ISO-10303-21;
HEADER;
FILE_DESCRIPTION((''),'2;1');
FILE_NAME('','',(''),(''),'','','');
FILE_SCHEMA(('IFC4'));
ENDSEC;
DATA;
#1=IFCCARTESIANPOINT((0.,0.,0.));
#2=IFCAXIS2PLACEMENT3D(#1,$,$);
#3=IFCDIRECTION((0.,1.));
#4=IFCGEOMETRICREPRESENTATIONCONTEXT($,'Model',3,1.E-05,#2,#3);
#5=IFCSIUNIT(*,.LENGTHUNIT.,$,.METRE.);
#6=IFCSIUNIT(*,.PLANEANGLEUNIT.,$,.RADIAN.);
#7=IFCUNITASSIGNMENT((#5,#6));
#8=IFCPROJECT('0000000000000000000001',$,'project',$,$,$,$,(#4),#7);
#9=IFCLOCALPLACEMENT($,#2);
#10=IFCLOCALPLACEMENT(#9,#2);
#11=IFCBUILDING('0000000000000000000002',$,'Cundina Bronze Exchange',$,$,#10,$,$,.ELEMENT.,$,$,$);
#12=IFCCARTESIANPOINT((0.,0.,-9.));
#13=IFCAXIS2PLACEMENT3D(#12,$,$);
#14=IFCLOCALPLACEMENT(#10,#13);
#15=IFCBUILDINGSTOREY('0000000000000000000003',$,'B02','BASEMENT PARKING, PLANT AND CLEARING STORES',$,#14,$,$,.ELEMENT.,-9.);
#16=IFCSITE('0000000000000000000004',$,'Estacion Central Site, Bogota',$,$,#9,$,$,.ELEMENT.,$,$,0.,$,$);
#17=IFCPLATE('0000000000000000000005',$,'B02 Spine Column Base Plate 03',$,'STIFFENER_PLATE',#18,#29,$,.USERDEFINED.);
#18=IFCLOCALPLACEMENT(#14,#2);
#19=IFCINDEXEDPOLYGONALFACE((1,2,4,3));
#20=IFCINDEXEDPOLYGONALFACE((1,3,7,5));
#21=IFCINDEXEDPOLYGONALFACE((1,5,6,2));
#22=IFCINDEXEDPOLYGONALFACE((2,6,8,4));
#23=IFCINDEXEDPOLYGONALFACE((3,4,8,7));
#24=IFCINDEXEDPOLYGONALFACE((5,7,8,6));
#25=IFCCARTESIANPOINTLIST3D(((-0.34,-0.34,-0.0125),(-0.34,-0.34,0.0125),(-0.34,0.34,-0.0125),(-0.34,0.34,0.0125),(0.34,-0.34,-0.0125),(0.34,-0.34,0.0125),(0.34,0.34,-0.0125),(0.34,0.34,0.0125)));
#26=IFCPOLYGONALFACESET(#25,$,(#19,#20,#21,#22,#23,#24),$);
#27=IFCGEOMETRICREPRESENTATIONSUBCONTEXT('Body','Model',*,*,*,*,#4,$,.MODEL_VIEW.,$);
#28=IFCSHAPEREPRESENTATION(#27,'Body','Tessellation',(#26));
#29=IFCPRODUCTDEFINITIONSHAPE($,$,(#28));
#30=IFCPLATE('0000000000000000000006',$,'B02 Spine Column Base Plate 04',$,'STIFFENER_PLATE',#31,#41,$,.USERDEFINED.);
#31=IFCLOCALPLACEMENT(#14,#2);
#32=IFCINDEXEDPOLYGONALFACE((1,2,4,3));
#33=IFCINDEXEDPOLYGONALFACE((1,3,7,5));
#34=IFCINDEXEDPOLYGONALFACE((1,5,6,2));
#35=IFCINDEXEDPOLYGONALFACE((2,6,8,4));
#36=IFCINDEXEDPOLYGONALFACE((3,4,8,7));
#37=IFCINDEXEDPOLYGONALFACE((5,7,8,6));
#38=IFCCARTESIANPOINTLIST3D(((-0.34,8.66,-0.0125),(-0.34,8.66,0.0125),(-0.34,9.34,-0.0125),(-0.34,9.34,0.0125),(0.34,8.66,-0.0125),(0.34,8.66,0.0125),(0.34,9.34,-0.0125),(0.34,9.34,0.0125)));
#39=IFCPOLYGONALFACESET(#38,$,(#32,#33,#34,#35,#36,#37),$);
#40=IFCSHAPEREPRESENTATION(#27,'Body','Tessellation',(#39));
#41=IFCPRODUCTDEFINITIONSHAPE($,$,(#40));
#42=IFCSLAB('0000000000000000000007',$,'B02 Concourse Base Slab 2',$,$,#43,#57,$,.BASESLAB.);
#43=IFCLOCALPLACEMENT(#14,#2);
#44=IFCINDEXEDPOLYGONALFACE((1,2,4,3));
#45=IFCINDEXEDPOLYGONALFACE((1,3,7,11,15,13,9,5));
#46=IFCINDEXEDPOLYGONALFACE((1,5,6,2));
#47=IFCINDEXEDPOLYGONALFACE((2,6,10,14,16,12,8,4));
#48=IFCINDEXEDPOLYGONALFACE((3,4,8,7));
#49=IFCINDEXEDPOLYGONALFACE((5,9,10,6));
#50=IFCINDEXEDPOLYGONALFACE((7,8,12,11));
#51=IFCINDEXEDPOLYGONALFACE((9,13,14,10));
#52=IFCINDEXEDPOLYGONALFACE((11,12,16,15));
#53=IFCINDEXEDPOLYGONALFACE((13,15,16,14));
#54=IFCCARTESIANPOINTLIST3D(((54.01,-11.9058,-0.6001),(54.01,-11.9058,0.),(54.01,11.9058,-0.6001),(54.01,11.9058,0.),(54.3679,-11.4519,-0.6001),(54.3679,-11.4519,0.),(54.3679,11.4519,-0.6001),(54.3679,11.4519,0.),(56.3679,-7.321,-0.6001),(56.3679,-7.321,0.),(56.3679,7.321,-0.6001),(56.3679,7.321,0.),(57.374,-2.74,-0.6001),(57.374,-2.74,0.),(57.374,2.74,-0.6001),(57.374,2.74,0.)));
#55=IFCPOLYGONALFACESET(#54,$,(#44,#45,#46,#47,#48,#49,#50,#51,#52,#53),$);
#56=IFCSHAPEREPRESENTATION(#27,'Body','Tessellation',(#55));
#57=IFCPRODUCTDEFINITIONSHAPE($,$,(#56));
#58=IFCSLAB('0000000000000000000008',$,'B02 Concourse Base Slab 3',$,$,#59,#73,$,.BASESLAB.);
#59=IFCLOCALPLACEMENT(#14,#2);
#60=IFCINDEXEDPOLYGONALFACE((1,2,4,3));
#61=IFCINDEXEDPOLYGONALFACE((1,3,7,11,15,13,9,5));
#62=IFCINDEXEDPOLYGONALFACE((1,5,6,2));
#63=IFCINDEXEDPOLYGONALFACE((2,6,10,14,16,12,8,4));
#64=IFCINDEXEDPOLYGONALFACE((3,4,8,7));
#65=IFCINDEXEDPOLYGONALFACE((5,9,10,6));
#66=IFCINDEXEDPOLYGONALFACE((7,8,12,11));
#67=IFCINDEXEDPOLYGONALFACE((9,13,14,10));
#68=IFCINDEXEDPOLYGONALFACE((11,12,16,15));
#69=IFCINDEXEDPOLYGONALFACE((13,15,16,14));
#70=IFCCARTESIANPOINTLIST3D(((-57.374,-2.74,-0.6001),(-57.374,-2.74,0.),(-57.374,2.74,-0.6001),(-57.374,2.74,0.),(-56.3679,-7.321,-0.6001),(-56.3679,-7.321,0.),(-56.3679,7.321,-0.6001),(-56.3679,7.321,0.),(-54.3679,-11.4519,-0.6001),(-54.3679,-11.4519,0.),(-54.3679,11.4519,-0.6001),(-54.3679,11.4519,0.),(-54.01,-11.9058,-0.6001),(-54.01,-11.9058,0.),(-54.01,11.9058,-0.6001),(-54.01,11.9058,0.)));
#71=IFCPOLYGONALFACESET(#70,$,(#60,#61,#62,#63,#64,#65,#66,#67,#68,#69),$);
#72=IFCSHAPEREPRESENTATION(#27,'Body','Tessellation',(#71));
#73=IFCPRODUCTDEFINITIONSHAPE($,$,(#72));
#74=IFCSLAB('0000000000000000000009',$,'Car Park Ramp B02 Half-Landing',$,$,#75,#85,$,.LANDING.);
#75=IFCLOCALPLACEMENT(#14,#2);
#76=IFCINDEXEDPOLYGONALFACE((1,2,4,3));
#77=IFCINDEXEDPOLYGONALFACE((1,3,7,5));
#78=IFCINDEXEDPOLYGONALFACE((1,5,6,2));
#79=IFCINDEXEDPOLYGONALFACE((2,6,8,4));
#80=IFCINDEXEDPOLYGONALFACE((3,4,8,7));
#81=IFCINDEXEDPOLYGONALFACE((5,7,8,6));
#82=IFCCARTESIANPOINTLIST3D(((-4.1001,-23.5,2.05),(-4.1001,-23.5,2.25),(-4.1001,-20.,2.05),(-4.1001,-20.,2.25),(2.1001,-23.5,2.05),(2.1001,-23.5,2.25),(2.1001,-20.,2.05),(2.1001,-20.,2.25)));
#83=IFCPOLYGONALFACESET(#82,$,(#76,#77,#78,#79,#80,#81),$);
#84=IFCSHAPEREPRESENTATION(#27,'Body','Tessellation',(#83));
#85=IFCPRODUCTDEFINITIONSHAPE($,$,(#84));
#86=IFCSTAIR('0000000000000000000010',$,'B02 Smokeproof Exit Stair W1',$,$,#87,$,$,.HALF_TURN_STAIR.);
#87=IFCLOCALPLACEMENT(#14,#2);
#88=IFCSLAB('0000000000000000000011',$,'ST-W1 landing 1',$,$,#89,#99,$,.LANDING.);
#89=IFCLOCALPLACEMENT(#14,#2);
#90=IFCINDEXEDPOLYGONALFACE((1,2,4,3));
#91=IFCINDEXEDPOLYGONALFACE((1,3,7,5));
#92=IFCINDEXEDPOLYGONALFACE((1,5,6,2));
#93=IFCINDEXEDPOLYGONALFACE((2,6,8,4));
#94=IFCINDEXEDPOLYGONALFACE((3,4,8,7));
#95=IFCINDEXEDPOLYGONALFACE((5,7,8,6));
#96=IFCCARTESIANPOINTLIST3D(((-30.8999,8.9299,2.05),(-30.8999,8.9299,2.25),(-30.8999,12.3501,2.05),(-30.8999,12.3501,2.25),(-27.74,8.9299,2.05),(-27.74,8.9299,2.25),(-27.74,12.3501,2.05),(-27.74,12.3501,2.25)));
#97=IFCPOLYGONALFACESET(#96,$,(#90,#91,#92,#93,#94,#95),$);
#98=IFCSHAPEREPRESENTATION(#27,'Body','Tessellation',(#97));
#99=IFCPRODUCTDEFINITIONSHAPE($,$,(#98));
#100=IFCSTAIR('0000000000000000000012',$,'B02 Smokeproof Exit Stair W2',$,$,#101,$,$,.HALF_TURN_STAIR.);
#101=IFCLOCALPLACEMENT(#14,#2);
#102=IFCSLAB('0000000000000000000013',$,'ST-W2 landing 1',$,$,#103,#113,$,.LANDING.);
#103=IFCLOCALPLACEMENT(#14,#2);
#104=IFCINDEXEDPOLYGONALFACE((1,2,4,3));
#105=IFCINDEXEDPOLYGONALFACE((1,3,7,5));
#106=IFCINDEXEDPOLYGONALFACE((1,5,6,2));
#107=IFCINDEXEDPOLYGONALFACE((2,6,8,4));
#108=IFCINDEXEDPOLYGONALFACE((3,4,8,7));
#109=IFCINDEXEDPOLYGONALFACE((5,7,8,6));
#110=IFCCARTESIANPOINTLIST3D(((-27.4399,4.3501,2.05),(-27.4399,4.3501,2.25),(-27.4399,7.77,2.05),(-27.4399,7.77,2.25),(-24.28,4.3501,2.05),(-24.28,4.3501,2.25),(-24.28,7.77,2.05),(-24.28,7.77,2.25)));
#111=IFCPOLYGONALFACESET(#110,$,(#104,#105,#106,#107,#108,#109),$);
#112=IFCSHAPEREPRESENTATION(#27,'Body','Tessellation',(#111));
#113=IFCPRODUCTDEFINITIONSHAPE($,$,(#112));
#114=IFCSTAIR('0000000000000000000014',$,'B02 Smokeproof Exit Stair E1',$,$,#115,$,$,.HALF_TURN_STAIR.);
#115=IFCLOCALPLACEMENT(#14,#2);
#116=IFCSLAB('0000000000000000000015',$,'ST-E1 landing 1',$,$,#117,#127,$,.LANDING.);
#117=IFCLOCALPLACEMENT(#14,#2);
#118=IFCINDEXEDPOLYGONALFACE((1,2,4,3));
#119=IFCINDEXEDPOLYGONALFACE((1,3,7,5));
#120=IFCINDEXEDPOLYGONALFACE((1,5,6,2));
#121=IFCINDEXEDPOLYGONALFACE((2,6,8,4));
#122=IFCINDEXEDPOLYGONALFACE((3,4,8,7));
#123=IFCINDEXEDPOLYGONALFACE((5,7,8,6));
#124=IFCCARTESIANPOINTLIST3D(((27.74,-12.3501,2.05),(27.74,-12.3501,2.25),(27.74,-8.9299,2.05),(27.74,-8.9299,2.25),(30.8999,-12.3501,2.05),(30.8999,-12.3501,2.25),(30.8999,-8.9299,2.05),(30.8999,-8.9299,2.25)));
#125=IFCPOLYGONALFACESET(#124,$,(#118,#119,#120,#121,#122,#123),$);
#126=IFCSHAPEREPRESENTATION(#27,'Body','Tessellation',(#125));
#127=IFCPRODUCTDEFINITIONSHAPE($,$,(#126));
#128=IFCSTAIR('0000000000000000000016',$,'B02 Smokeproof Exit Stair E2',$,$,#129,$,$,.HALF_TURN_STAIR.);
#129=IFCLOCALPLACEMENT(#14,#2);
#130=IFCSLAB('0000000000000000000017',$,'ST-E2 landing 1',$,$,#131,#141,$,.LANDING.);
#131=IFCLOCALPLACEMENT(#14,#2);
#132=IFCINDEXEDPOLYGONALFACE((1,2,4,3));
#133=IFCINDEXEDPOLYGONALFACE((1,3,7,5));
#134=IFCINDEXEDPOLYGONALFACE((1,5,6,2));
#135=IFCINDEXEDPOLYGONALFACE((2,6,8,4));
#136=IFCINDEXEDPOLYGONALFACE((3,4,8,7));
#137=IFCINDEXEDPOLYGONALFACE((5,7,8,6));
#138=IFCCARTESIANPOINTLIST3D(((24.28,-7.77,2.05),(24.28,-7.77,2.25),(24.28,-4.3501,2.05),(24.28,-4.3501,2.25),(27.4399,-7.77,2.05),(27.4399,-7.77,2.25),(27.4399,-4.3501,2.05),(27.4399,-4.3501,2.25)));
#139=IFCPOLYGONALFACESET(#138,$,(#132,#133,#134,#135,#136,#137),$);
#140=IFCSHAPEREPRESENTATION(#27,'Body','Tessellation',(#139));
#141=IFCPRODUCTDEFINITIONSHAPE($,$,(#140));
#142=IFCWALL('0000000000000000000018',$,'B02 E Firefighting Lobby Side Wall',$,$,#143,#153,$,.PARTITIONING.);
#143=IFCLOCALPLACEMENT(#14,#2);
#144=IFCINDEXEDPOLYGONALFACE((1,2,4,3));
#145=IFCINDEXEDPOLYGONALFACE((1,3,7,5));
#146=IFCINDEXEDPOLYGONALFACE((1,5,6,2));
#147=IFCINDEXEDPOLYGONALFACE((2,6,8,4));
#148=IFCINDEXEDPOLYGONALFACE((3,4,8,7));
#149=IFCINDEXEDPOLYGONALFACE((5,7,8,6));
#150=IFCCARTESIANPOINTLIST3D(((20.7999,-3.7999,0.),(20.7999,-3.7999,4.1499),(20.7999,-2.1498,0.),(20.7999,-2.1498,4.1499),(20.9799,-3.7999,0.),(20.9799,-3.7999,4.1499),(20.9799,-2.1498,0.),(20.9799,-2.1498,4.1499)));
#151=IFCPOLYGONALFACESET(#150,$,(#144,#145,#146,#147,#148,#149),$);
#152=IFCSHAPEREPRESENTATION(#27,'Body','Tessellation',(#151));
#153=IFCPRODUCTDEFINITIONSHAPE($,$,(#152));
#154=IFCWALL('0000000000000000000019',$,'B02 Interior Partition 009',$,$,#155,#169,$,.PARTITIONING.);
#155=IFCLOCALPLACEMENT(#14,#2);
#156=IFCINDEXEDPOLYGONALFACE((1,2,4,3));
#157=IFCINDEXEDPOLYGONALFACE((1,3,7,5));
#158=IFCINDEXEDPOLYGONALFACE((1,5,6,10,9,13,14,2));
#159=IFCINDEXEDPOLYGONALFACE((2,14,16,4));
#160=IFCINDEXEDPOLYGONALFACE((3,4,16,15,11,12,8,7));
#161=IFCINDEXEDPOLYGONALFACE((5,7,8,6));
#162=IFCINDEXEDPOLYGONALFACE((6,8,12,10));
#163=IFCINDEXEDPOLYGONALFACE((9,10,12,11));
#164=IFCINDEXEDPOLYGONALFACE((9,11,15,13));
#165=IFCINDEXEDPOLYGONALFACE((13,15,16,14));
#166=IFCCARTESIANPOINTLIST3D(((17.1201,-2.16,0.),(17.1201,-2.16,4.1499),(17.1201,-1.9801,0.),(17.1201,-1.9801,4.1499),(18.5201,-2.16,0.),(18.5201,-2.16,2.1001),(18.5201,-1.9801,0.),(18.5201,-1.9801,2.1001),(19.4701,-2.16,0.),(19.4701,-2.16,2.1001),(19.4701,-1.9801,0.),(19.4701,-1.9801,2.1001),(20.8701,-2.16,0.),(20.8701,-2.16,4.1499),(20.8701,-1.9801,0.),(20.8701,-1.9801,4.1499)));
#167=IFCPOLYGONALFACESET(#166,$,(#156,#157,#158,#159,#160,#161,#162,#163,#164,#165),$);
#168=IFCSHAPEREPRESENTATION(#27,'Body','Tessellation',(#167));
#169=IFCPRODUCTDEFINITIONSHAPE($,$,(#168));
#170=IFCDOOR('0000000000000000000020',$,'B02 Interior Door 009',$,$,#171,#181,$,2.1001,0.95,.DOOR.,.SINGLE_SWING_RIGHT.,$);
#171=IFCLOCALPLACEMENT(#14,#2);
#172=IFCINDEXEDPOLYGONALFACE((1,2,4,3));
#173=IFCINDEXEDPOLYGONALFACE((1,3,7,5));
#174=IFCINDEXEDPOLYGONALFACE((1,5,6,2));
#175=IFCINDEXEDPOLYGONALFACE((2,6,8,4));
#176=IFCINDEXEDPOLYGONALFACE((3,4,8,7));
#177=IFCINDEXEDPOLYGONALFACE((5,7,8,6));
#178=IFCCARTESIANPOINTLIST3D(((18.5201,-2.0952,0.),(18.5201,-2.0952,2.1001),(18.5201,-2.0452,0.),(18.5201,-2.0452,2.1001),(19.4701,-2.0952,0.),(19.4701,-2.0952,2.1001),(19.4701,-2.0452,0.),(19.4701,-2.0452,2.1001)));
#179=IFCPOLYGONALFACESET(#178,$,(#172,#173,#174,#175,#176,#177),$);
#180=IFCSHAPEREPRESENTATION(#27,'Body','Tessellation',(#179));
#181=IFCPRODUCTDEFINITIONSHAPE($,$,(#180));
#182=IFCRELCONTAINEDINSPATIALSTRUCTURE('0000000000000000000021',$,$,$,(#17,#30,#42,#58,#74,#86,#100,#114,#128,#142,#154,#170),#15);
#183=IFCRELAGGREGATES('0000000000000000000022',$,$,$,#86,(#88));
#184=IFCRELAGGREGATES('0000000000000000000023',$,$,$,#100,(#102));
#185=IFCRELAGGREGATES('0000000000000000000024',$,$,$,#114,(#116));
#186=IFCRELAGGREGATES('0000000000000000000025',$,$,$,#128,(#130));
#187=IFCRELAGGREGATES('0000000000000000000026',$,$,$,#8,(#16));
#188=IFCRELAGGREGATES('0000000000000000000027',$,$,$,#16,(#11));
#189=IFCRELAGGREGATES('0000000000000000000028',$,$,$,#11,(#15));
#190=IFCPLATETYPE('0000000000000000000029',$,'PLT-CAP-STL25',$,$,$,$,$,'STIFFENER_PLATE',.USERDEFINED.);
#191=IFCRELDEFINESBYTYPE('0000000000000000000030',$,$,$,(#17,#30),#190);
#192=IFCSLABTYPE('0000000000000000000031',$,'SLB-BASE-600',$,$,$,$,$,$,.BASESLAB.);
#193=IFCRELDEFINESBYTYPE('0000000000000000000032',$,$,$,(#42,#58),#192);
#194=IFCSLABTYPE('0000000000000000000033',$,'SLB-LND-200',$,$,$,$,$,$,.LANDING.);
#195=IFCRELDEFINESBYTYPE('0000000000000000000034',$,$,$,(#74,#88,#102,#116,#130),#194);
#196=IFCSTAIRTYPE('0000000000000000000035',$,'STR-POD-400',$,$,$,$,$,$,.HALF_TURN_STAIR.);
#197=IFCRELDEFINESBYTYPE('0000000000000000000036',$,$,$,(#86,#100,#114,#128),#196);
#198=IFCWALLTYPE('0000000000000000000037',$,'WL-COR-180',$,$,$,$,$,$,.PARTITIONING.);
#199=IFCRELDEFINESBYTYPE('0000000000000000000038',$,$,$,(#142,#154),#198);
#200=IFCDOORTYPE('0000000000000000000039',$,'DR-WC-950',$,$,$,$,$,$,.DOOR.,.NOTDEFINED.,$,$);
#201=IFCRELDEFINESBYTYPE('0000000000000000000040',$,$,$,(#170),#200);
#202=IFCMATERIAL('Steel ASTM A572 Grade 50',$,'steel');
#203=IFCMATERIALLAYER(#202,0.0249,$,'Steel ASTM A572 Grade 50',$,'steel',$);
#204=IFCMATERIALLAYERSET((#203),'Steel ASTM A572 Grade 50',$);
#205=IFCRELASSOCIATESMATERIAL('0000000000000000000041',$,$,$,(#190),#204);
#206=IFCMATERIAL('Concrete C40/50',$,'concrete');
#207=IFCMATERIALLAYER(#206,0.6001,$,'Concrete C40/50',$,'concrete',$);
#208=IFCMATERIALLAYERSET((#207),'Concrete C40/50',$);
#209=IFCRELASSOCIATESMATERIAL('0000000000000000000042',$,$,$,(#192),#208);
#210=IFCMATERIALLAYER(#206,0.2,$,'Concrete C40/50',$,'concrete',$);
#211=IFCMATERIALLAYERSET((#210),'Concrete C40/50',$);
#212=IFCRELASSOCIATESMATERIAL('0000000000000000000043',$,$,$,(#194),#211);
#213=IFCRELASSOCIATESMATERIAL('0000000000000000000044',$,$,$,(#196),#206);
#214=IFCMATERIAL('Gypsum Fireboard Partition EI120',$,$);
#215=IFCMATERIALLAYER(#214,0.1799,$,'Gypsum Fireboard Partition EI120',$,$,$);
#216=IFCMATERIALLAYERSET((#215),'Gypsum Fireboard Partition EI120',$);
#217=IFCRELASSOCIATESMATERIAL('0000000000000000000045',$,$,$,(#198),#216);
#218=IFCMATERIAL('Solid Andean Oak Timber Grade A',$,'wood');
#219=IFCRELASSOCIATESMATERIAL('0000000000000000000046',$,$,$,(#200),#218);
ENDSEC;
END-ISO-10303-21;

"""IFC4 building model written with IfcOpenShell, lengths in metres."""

from ifc_helpers import new_model, si_unit, direction, frame, frame_2d, origin, origin_2d, place, context, subcontext, project, spatial, polyline, rectangle, outline, extrude, material, layer, layer_set, type_object, element, fill, aggregate, save


model = new_model("IFC4")

# Units and contexts
model_context = context("Model", 3, precision=1e-05, world=origin(), true_north=direction((0.0, 1.0)))
body_context = subcontext(model_context, "Body", "Model", "MODEL_VIEW")
ifc_project = project(units=[si_unit("LENGTHUNIT", "METRE"), si_unit("PLANEANGLEUNIT", "RADIAN")], contexts=[model_context])

# Site, building, storey
site_placement = place(None, origin())
site = spatial("IfcSite", under=ifc_project, at=site_placement, Name="Estacion Central Site, Bogota", CompositionType="ELEMENT", RefElevation=0.0)
building_placement = place(site_placement, origin())
building = spatial("IfcBuilding", under=site, at=building_placement, Name="Cundina Bronze Exchange", CompositionType="ELEMENT")
storey_placement = place(building_placement, frame((0.0, 0.0, -9.0)))
storey = spatial("IfcBuildingStorey", under=building, at=storey_placement, Name="B02", Description="BASEMENT PARKING, PLANT AND CLEARING STORES", CompositionType="ELEMENT", Elevation=-9.0)

# Shared definitions
ifc_material_1 = material(Name="Concrete C40/50", Category="concrete")

# Plates
ifc_material_2 = material(Name="Steel ASTM A572 Grade 50", Category="steel")
ifc_layer_1 = layer(ifc_material_2, 0.0249, Name="Steel ASTM A572 Grade 50", Category="steel")
ifc_layer_set_1 = layer_set([ifc_layer_1], Name="Steel ASTM A572 Grade 50")
plate_type = type_object("IfcPlateType", Name="PLT-CAP-STL25", ElementType="STIFFENER_PLATE", PredefinedType="USERDEFINED", material=ifc_layer_set_1)
for number, where, z_axis, x_axis, name in (
    (1, (0.0, 0.0, -0.0125), (0.0, 0.0, 1.0), (1.0, 0.0, 0.0), "B02 Spine Column Base Plate 03"),
    (2, (0.0, 9.0, -0.0125), (0.0, 0.0, 1.0), (1.0, 0.0, 0.0), "B02 Spine Column Base Plate 04"),
):
    element("IfcPlate", number, at=place(storey_placement, frame(where, z_axis=z_axis, x_axis=x_axis)), inside=storey, type_object=plate_type, Name=name, ObjectType="STIFFENER_PLATE", PredefinedType="USERDEFINED", context=body_context, shape_type="SweptSolid", body=[
        extrude(rectangle(XDim=0.6799, YDim=0.6799, at=origin_2d()), origin(), (0.0, 0.0, 1.0), 0.0249),
    ])

# Slabs
ifc_layer_2 = layer(ifc_material_1, 0.6001, Name="Concrete C40/50", Category="concrete")
ifc_layer_set_2 = layer_set([ifc_layer_2], Name="Concrete C40/50")
slab_type_1 = type_object("IfcSlabType", Name="SLB-BASE-600", PredefinedType="BASESLAB", material=ifc_layer_set_2)
slab_1_placement = place(storey_placement, frame((0.0, 0.0, -0.6001)))
element("IfcSlab", 3, at=slab_1_placement, inside=storey, type_object=slab_type_1, Name="B02 Concourse Base Slab 2", PredefinedType="BASESLAB", context=body_context, shape_type="SweptSolid", body=[
    extrude(outline(polyline([(54.3679, 11.4519), (56.3679, 7.321), (57.374, 2.74), (57.374, -2.74), (56.3679, -7.321), (54.3679, -11.4519), (54.01, -11.9058), (54.01, 11.9058), (54.3679, 11.4519)])), origin(), (0.0, 0.0, 1.0), 0.6001),
])
slab_2_placement = place(storey_placement, frame((0.0, 0.0, -0.6001)))
element("IfcSlab", 4, at=slab_2_placement, inside=storey, type_object=slab_type_1, Name="B02 Concourse Base Slab 3", PredefinedType="BASESLAB", context=body_context, shape_type="SweptSolid", body=[
    extrude(outline(polyline([(-54.3679, -11.4519), (-56.3679, -7.321), (-57.374, -2.74), (-57.374, 2.74), (-56.3679, 7.321), (-54.3679, 11.4519), (-54.01, 11.9058), (-54.01, -11.9058), (-54.3679, -11.4519)])), origin(), (0.0, 0.0, 1.0), 0.6001),
])
ifc_layer_3 = layer(ifc_material_1, 0.2, Name="Concrete C40/50", Category="concrete")
ifc_layer_set_3 = layer_set([ifc_layer_3], Name="Concrete C40/50")
slab_type_2 = type_object("IfcSlabType", Name="SLB-LND-200", PredefinedType="LANDING", material=ifc_layer_set_3)
slab_3_placement = place(storey_placement, frame((0.0, 0.0, 2.05)))
element("IfcSlab", 5, at=slab_3_placement, inside=storey, type_object=slab_type_2, Name="Car Park Ramp B02 Half-Landing", PredefinedType="LANDING", context=body_context, shape_type="SweptSolid", body=[
    extrude(outline(polyline([(-4.1001, -23.5), (2.1001, -23.5), (2.1001, -20.0), (-4.1001, -20.0), (-4.1001, -23.5)])), origin(), (0.0, 0.0, 1.0), 0.2),
])

# Stairs, slabs
stair_type = type_object("IfcStairType", Name="STR-POD-400", PredefinedType="HALF_TURN_STAIR", material=ifc_material_1)
stair_1_placement = place(storey_placement, origin())
stair_1 = element("IfcStair", 6, at=stair_1_placement, inside=storey, type_object=stair_type, Name="B02 Smokeproof Exit Stair W1", PredefinedType="HALF_TURN_STAIR")
slab_4_placement = place(storey_placement, frame((0.0, 0.0, 2.05)))
slab_4 = element("IfcSlab", 7, at=slab_4_placement, type_object=slab_type_2, Name="ST-W1 landing 1", PredefinedType="LANDING", context=body_context, shape_type="SweptSolid", body=[
    extrude(outline(polyline([(-27.74, 8.9299), (-27.74, 12.3501), (-30.8999, 12.3501), (-30.8999, 8.9299), (-27.74, 8.9299)])), origin(), (0.0, 0.0, 1.0), 0.2),
])
aggregate(stair_1, [slab_4])
stair_2_placement = place(storey_placement, origin())
stair_2 = element("IfcStair", 8, at=stair_2_placement, inside=storey, type_object=stair_type, Name="B02 Smokeproof Exit Stair W2", PredefinedType="HALF_TURN_STAIR")
slab_5_placement = place(storey_placement, frame((0.0, 0.0, 2.05)))
slab_5 = element("IfcSlab", 9, at=slab_5_placement, type_object=slab_type_2, Name="ST-W2 landing 1", PredefinedType="LANDING", context=body_context, shape_type="SweptSolid", body=[
    extrude(outline(polyline([(-27.4399, 7.77), (-27.4399, 4.3501), (-24.28, 4.3501), (-24.28, 7.77), (-27.4399, 7.77)])), origin(), (0.0, 0.0, 1.0), 0.2),
])
aggregate(stair_2, [slab_5])
stair_3_placement = place(storey_placement, origin())
stair_3 = element("IfcStair", 10, at=stair_3_placement, inside=storey, type_object=stair_type, Name="B02 Smokeproof Exit Stair E1", PredefinedType="HALF_TURN_STAIR")
slab_6_placement = place(storey_placement, frame((0.0, 0.0, 2.05)))
slab_6 = element("IfcSlab", 11, at=slab_6_placement, type_object=slab_type_2, Name="ST-E1 landing 1", PredefinedType="LANDING", context=body_context, shape_type="SweptSolid", body=[
    extrude(outline(polyline([(27.74, -8.9299), (27.74, -12.3501), (30.8999, -12.3501), (30.8999, -8.9299), (27.74, -8.9299)])), origin(), (0.0, 0.0, 1.0), 0.2),
])
aggregate(stair_3, [slab_6])
stair_4_placement = place(storey_placement, origin())
stair_4 = element("IfcStair", 12, at=stair_4_placement, inside=storey, type_object=stair_type, Name="B02 Smokeproof Exit Stair E2", PredefinedType="HALF_TURN_STAIR")
slab_7_placement = place(storey_placement, frame((0.0, 0.0, 2.05)))
slab_7 = element("IfcSlab", 13, at=slab_7_placement, type_object=slab_type_2, Name="ST-E2 landing 1", PredefinedType="LANDING", context=body_context, shape_type="SweptSolid", body=[
    extrude(outline(polyline([(27.4399, -7.77), (27.4399, -4.3501), (24.28, -4.3501), (24.28, -7.77), (27.4399, -7.77)])), origin(), (0.0, 0.0, 1.0), 0.2),
])
aggregate(stair_4, [slab_7])

# Wall
ifc_material_3 = material(Name="Gypsum Fireboard Partition EI120")
ifc_layer_4 = layer(ifc_material_3, 0.1799, Name="Gypsum Fireboard Partition EI120")
ifc_layer_set_4 = layer_set([ifc_layer_4], Name="Gypsum Fireboard Partition EI120")
wall_type_1 = type_object("IfcWallType", Name="WL-COR-180", PredefinedType="PARTITIONING", material=ifc_layer_set_4)
wall_1_placement = place(storey_placement, frame((20.8899, -3.8, 0.0), z_axis=(0.0, 0.0, 1.0), x_axis=(0.0, 1.0, 0.0)))
element("IfcWall", 14, at=wall_1_placement, inside=storey, type_object=wall_type_1, Name="B02 E Firefighting Lobby Side Wall", PredefinedType="PARTITIONING", context=body_context, shape_type="SweptSolid", body=[
    extrude(rectangle(XDim=1.6501, YDim=0.1799, at=frame_2d((0.8252, 0.0))), origin(), (0.0, 0.0, 1.0), 4.1499),
])

# Wall, opening, door
wall_2_placement = place(storey_placement, frame((17.1201, -2.0701, 0.0), z_axis=(0.0, 0.0, 1.0), x_axis=(1.0, 0.0, 0.0)))
wall_2 = element("IfcWall", 15, at=wall_2_placement, inside=storey, type_object=wall_type_1, Name="B02 Interior Partition 009", PredefinedType="PARTITIONING", context=body_context, shape_type="SweptSolid", body=[
    extrude(rectangle(XDim=3.75, YDim=0.1799, at=frame_2d((1.875, 0.0))), origin(), (0.0, 0.0, 1.0), 4.1499),
])
opening_1_placement = place(wall_2_placement, frame((1.3999, 0.0, 0.0)))
opening_1 = element("IfcOpeningElement", 16, at=opening_1_placement, cuts=wall_2, PredefinedType="OPENING", context=body_context, shape_type="SweptSolid", body=[
    extrude(rectangle(XDim=0.95, YDim=2.1001, at=frame_2d((0.4751, 1.05))), frame((0.0, 0.0999, 0.0), z_axis=(0.0, -1.0, 0.0), x_axis=(1.0, 0.0, 0.0)), (0.0, 0.0, 1.0), 0.2),
])
ifc_material_4 = material(Name="Solid Andean Oak Timber Grade A", Category="wood")
door_type_1 = type_object("IfcDoorType", Name="DR-WC-950", OperationType="NOTDEFINED", PredefinedType="DOOR", material=ifc_material_4)
door_1_placement = place(opening_1_placement, origin())
door_1 = element("IfcDoor", 17, at=door_1_placement, inside=storey, type_object=door_type_1, Name="B02 Interior Door 009", OperationType="SINGLE_SWING_RIGHT", OverallHeight=2.1001, OverallWidth=0.95, PredefinedType="DOOR", context=body_context, shape_type="SweptSolid", body=[
    extrude(rectangle(XDim=0.95, YDim=2.1001, at=frame_2d((0.4751, 1.05))), frame((0.0, 0.0249, 0.0), z_axis=(0.0, -1.0, 0.0), x_axis=(1.0, 0.0, 0.0)), (0.0, 0.0, 1.0), 0.05),
])
fill(opening_1, door_1)

save(model, "model.ifc")
